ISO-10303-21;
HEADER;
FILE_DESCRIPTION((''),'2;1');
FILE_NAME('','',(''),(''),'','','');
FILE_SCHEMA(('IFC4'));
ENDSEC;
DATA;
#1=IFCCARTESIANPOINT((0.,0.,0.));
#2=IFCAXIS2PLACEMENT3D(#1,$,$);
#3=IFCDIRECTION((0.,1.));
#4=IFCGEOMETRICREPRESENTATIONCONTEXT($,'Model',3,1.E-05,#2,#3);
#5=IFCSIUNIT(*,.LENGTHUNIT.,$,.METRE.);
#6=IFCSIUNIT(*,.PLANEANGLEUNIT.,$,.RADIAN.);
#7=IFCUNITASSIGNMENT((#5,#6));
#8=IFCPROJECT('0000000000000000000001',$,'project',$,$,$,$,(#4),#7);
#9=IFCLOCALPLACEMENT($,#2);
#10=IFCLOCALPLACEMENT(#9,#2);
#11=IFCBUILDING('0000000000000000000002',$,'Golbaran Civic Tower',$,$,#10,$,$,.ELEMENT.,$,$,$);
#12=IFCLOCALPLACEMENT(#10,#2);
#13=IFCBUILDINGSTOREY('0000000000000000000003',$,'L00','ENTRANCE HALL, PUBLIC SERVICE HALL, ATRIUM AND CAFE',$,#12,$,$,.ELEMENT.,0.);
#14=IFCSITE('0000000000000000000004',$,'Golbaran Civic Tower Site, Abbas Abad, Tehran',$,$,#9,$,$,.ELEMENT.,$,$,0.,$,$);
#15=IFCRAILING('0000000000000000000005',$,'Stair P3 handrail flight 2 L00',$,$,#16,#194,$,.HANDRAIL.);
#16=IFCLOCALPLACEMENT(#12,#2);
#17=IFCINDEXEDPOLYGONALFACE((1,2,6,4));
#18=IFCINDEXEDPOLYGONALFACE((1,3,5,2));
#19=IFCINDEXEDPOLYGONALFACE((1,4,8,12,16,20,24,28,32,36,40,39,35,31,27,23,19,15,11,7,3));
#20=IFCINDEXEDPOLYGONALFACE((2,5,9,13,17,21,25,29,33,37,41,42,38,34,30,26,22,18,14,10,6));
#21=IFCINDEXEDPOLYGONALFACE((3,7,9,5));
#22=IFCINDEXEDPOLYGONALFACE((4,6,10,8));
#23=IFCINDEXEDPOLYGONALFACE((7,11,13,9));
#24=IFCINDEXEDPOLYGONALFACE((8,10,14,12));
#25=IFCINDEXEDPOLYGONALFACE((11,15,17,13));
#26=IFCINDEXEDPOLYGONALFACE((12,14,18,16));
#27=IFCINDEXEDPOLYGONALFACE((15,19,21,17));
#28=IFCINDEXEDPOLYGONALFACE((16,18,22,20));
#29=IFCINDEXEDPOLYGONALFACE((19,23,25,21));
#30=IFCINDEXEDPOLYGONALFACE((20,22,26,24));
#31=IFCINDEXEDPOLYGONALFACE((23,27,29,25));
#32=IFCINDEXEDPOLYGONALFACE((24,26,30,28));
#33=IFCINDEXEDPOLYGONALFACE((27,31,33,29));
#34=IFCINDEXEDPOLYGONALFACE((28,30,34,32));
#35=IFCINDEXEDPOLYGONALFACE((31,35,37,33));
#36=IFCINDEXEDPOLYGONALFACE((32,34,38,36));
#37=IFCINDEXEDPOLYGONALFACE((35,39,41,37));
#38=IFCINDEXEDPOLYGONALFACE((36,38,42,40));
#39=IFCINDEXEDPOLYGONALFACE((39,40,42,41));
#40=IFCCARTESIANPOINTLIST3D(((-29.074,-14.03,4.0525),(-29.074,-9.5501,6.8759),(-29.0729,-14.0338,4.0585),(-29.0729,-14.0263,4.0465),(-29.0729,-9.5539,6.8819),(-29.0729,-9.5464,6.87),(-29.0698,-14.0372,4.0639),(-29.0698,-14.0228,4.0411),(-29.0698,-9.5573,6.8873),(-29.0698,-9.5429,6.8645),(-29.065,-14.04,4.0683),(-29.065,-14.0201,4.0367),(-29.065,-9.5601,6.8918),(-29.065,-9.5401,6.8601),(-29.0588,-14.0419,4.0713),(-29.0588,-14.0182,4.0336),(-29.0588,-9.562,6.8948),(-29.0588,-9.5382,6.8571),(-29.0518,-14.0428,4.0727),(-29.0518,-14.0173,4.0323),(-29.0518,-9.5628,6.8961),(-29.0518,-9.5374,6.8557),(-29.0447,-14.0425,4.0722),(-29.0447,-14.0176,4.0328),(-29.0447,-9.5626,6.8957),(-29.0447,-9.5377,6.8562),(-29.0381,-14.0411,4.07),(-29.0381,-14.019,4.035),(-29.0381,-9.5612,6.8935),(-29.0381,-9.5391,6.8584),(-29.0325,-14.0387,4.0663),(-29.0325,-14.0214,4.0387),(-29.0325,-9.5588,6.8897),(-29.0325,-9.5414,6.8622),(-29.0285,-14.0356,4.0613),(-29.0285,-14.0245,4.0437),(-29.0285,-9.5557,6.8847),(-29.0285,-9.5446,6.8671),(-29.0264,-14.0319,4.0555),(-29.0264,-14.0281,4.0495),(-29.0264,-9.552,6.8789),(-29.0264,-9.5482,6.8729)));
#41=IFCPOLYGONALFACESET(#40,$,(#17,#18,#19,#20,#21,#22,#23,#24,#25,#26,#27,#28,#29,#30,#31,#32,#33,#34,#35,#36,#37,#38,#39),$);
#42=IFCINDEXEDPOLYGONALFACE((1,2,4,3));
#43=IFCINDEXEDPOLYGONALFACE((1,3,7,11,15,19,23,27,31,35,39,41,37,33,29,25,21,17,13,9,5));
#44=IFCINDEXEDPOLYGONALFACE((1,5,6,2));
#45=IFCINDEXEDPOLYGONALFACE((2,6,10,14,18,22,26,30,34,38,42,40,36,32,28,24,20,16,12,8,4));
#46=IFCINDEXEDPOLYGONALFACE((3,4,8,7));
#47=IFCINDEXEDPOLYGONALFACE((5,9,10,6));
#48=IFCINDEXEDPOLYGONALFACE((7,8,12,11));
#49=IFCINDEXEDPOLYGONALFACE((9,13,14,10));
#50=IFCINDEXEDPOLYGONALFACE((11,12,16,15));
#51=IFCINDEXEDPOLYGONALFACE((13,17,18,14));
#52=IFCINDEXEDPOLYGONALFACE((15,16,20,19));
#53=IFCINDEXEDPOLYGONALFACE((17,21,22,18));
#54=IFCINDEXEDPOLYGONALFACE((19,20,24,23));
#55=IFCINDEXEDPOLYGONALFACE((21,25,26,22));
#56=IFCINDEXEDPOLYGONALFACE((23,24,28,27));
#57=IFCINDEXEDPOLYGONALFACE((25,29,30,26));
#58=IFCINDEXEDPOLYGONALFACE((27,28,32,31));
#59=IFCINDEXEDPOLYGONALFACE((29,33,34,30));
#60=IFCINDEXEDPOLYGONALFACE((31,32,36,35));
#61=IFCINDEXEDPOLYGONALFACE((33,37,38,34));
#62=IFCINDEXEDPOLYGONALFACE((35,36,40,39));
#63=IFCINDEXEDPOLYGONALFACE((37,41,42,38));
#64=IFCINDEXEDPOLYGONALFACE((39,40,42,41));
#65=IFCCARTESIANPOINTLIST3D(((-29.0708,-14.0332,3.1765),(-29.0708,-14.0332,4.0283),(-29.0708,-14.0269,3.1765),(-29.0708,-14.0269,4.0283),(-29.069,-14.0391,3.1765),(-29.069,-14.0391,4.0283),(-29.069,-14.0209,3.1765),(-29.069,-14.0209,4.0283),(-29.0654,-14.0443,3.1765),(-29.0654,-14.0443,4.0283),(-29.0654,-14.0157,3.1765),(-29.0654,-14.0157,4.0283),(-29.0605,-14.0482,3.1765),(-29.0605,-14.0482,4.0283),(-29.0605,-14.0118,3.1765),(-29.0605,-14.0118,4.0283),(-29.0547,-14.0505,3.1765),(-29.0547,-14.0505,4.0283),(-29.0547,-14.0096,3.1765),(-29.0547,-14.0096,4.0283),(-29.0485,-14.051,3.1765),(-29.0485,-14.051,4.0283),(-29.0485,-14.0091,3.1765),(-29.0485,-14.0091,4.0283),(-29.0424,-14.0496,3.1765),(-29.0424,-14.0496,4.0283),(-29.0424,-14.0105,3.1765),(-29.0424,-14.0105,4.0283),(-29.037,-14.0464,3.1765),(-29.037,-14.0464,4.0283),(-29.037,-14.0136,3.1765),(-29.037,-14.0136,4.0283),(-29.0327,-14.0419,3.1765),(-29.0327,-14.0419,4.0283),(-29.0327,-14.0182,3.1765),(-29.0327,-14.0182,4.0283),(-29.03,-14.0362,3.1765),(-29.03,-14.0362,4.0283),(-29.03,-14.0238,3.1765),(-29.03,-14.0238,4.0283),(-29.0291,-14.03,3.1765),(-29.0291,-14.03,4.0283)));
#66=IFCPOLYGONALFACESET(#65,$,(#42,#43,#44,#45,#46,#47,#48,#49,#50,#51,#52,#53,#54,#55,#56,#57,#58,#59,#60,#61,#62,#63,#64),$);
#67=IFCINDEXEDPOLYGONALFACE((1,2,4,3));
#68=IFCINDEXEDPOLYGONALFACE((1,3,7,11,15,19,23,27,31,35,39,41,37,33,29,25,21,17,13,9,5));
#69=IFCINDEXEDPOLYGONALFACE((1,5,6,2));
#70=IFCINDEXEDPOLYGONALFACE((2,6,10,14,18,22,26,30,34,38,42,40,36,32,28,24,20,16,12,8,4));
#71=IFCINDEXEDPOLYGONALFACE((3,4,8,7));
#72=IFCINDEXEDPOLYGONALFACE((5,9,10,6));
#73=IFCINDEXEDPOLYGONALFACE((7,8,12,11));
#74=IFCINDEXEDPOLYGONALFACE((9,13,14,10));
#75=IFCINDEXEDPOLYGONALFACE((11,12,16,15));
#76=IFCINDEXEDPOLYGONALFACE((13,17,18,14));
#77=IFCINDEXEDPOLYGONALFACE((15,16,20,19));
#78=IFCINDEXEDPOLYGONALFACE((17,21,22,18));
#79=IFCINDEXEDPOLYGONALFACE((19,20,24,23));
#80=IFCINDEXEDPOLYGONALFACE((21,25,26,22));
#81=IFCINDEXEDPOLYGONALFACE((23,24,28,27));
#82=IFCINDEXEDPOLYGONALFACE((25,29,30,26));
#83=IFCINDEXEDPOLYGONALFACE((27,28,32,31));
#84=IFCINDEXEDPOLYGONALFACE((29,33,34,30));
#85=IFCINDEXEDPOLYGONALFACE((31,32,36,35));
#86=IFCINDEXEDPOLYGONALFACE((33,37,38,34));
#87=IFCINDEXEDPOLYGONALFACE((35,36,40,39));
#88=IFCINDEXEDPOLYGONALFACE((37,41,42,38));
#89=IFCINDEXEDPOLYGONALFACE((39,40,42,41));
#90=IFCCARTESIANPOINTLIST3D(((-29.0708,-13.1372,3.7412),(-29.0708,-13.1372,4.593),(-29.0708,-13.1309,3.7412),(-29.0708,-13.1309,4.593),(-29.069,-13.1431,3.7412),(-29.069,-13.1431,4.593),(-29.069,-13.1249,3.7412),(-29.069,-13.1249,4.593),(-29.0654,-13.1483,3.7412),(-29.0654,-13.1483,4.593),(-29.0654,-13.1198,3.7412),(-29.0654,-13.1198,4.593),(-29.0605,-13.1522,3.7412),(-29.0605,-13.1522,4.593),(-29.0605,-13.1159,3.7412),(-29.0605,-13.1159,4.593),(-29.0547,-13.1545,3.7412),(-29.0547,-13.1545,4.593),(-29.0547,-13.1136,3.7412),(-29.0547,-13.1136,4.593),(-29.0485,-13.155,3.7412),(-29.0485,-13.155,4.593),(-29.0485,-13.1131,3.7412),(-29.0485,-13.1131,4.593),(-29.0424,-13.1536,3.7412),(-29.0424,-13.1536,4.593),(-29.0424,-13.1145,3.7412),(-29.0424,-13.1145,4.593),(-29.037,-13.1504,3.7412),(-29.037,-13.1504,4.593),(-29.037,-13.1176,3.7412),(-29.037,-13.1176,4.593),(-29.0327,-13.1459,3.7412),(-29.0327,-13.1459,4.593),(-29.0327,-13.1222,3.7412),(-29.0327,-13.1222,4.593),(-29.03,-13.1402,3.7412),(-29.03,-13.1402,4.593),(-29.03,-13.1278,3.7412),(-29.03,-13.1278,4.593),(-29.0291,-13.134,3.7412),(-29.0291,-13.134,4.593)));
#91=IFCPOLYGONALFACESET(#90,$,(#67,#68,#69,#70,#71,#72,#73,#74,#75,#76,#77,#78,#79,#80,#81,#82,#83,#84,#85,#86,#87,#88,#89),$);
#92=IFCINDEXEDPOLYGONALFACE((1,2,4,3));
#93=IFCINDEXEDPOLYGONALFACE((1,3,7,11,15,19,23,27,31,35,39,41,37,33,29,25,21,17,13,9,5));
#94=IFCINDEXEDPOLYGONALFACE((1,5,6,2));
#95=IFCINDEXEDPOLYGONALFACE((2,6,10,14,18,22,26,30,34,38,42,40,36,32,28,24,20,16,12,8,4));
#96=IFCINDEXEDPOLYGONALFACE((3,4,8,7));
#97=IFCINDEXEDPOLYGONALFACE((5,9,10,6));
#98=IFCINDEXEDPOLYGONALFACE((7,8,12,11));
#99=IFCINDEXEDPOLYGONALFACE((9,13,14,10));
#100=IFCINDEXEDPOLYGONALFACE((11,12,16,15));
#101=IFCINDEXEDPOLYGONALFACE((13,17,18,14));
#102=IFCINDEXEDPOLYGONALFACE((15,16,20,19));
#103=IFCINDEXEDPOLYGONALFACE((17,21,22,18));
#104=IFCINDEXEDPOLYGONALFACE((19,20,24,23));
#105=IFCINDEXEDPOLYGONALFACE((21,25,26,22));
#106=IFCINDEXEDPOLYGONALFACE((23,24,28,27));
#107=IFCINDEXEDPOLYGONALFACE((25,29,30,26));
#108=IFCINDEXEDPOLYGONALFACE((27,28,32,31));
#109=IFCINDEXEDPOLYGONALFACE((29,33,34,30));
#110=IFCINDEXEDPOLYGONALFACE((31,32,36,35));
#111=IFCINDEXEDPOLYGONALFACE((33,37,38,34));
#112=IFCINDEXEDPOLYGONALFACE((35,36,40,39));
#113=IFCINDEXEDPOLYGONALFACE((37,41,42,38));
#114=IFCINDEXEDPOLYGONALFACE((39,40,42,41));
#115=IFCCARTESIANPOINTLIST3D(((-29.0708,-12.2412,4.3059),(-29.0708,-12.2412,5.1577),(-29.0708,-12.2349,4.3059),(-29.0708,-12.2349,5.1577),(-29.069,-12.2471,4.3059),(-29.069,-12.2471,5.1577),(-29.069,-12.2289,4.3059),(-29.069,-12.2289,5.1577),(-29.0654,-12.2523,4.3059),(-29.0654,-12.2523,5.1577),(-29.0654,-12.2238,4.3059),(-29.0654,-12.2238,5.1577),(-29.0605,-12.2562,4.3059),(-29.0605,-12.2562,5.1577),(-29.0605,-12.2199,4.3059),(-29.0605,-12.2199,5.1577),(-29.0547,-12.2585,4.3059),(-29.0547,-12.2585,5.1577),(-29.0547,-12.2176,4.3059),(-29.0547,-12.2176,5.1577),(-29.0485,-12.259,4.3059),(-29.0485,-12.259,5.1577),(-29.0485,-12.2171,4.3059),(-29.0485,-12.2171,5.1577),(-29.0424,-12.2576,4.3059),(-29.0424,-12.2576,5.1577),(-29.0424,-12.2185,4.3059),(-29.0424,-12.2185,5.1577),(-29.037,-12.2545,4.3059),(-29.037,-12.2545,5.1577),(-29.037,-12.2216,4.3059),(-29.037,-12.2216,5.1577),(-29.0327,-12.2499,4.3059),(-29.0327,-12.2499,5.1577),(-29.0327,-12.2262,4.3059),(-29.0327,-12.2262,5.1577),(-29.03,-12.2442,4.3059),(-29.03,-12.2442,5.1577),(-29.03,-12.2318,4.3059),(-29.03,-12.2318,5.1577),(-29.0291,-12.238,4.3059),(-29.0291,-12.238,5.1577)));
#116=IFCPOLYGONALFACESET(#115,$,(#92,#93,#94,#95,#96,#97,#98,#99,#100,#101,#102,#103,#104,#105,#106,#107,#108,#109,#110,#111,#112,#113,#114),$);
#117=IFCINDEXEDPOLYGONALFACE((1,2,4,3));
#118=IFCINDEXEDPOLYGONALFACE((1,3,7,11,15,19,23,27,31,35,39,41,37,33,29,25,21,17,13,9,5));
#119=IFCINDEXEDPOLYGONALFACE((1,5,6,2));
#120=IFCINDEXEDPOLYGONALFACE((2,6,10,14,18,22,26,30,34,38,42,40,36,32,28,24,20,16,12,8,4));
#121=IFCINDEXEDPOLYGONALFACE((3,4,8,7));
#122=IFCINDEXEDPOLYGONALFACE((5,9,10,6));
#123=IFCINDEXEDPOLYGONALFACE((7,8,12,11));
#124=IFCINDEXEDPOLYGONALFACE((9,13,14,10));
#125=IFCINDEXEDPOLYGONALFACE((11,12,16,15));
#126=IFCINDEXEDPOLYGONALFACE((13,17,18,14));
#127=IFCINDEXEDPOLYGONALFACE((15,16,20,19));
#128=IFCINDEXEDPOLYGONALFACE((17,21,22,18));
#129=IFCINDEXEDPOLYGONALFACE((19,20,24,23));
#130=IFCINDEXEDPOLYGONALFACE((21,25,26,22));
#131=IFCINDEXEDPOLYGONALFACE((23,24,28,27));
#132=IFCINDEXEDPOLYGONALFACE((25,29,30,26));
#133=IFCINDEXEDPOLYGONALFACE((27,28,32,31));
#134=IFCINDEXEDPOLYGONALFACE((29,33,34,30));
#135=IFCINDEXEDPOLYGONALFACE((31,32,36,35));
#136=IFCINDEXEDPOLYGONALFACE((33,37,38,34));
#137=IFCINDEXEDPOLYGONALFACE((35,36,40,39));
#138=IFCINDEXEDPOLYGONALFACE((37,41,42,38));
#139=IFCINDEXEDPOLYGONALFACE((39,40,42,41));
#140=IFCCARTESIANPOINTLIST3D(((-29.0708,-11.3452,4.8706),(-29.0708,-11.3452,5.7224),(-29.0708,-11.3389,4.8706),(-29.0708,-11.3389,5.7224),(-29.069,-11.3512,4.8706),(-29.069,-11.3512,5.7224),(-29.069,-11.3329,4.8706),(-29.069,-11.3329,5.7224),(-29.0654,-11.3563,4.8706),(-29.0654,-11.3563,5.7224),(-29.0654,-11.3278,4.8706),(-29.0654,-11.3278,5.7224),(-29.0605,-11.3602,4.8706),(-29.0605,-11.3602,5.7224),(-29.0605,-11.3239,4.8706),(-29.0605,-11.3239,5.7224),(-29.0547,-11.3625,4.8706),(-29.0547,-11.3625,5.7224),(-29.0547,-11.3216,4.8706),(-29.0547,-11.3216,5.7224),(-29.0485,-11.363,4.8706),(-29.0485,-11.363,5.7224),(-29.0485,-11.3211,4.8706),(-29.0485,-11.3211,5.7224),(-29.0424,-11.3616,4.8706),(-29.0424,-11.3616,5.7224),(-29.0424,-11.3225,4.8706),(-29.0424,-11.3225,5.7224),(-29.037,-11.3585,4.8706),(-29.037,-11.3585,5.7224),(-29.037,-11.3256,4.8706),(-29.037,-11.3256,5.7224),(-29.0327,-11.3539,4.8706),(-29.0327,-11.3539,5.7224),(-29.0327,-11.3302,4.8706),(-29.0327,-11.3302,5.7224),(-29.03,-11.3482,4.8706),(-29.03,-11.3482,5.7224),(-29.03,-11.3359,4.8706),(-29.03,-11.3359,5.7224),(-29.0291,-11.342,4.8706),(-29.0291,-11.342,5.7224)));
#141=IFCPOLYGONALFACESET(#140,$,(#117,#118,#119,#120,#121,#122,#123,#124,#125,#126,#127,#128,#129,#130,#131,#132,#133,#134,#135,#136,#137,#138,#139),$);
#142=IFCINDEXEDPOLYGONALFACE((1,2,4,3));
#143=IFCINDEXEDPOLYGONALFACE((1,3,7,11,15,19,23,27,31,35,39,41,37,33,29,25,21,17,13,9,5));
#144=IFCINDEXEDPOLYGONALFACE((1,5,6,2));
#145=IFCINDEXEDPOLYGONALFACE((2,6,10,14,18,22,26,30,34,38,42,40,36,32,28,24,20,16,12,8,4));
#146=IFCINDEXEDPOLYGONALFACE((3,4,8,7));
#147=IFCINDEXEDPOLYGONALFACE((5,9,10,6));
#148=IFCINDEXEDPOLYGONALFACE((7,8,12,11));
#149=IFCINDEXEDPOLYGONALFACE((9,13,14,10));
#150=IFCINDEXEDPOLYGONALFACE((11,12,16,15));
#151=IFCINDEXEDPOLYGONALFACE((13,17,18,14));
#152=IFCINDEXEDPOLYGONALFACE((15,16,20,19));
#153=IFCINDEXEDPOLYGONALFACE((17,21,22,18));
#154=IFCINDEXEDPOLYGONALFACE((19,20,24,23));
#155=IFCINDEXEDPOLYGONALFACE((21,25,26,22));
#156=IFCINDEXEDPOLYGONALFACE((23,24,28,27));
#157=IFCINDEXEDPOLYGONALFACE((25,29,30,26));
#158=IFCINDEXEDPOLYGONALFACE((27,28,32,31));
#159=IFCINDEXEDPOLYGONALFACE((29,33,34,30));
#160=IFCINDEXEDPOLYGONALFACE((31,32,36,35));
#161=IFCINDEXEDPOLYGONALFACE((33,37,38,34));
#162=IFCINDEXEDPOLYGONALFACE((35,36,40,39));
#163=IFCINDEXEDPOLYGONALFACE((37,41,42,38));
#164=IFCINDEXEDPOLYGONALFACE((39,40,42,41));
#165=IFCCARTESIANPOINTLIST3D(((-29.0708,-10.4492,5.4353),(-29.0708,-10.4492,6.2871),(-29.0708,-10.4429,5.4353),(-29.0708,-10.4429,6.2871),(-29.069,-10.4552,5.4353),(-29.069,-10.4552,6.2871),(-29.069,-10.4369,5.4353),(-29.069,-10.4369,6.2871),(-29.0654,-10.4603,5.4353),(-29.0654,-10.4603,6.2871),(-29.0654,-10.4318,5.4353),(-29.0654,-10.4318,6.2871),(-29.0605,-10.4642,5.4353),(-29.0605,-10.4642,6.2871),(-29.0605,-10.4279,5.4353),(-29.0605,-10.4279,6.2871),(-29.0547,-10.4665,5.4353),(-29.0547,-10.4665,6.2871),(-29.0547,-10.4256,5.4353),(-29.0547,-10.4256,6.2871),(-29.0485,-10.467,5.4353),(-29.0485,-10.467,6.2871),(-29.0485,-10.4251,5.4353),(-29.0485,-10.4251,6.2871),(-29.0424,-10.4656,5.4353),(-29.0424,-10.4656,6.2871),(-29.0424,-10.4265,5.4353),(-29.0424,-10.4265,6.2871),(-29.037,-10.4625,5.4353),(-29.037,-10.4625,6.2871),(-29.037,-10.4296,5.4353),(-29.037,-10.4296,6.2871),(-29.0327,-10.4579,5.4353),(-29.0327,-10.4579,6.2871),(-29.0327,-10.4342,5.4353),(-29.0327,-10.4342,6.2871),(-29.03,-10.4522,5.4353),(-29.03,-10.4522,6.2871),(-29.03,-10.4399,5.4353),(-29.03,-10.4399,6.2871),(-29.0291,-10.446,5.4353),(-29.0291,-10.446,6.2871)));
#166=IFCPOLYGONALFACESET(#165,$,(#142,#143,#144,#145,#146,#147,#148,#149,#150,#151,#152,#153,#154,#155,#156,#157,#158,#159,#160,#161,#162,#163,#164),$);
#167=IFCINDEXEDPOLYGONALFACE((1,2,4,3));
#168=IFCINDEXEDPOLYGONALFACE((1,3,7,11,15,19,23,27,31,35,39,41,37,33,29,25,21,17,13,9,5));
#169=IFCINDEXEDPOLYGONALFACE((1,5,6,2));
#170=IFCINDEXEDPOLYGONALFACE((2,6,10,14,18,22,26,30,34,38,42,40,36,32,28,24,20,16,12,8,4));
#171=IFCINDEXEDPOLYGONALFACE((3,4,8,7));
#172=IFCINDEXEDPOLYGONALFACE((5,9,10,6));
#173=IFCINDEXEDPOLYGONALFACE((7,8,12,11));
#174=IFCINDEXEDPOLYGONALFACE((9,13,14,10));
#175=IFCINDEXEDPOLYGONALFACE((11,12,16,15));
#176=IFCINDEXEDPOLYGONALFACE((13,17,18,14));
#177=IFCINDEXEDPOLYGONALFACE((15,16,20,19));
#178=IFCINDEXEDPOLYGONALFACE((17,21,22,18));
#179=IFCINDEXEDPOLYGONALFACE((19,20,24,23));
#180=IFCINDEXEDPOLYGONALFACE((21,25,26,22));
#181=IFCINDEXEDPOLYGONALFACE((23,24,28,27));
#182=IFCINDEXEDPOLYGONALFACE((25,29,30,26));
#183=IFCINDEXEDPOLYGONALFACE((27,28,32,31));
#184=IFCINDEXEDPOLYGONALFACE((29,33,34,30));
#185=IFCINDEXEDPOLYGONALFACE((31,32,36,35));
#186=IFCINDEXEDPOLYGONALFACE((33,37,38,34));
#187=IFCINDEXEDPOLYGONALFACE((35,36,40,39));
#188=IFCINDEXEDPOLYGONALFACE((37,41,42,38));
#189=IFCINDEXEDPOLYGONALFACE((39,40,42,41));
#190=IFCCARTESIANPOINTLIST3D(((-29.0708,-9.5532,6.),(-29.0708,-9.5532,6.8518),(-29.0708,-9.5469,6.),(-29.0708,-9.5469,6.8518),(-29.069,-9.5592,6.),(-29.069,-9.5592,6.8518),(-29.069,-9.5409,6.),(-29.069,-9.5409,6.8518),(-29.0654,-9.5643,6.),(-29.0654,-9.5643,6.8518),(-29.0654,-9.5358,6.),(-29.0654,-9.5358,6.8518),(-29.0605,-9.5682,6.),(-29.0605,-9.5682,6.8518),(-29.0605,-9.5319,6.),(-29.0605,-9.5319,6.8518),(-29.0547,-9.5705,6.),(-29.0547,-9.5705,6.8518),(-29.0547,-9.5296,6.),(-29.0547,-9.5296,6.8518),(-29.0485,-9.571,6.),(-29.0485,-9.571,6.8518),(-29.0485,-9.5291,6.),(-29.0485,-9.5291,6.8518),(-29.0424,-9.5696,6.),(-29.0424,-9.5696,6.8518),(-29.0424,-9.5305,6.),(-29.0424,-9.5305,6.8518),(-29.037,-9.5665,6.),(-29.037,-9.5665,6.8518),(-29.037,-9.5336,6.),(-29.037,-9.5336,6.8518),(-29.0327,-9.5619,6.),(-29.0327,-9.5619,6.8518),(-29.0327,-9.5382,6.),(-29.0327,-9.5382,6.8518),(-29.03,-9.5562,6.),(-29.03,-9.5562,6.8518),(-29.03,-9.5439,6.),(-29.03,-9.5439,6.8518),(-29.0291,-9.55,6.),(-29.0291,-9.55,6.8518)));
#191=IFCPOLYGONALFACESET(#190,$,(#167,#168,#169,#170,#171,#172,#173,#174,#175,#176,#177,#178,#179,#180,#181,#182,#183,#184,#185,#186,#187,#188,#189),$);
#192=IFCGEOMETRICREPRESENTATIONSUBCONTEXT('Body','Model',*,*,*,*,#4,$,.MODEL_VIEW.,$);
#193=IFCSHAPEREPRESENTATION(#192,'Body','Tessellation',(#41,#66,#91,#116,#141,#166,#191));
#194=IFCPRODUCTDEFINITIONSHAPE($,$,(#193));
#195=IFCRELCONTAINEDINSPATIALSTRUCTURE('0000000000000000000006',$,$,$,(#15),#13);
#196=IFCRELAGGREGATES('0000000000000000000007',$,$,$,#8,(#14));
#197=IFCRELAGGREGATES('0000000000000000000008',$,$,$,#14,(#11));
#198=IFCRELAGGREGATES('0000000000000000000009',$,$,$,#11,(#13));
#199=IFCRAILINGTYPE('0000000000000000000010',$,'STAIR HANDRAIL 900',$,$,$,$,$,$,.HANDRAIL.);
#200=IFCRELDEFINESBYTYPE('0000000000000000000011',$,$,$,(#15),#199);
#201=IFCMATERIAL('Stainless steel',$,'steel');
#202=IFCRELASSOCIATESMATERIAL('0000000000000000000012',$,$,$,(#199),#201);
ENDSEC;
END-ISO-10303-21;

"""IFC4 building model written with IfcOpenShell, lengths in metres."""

from ifc_helpers import new_model, si_unit, direction, frame, origin, origin_2d, place, context, subcontext, project, spatial, circle, extrude, material, type_object, element, save


model = new_model("IFC4")

# Units and contexts
model_context = context("Model", 3, precision=1e-05, world=origin(), true_north=direction((0.0, 1.0)))
body_context = subcontext(model_context, "Body", "Model", "MODEL_VIEW")
ifc_project = project(units=[si_unit("LENGTHUNIT", "METRE"), si_unit("PLANEANGLEUNIT", "RADIAN")], contexts=[model_context])

# Site, building, storey
site_placement = place(None, origin())
site = spatial("IfcSite", under=ifc_project, at=site_placement, Name="Golbaran Civic Tower Site, Abbas Abad, Tehran", CompositionType="ELEMENT", RefElevation=0.0)
building_placement = place(site_placement, origin())
building = spatial("IfcBuilding", under=site, at=building_placement, Name="Golbaran Civic Tower", CompositionType="ELEMENT")
storey_placement = place(building_placement, origin())
storey = spatial("IfcBuildingStorey", under=building, at=storey_placement, Name="L00", Description="ENTRANCE HALL, PUBLIC SERVICE HALL, ATRIUM AND CAFE", CompositionType="ELEMENT", Elevation=0.0)

# Railing
ifc_material_1 = material(Name="Stainless steel", Category="steel")
railing_type_1 = type_object("IfcRailingType", Name="STAIR HANDRAIL 900", PredefinedType="HANDRAIL", material=ifc_material_1)
railing_1_placement = place(storey_placement, frame((-29.05, -14.03, 3.1765)))
element("IfcRailing", 1, at=railing_1_placement, inside=storey, type_object=railing_type_1, Name="Stair P3 handrail flight 2 L00", PredefinedType="HANDRAIL", context=body_context, shape_type="SweptSolid", body=[
    extrude(circle(Radius=0.0239, at=origin_2d()), frame((0.0, 0.0, 0.876), z_axis=(0.0, 0.845998, 0.533186), x_axis=(-1.0, 0.0, 0.0)), (0.0, 0.0, 1.0), 5.2954),
    extrude(circle(Radius=0.021, at=origin_2d()), origin(), (0.0, 0.0, 1.0), 0.8518),
    extrude(circle(Radius=0.021, at=origin_2d()), frame((0.0, 0.896, 0.5647)), (0.0, 0.0, 1.0), 0.8518),
    extrude(circle(Radius=0.021, at=origin_2d()), frame((0.0, 1.792, 1.1294)), (0.0, 0.0, 1.0), 0.8518),
    extrude(circle(Radius=0.021, at=origin_2d()), frame((0.0, 2.688, 1.6941)), (0.0, 0.0, 1.0), 0.8518),
    extrude(circle(Radius=0.021, at=origin_2d()), frame((0.0, 3.584, 2.2588)), (0.0, 0.0, 1.0), 0.8518),
    extrude(circle(Radius=0.021, at=origin_2d()), frame((0.0, 4.48, 2.8235)), (0.0, 0.0, 1.0), 0.8518),
])

save(model, "model.ifc")
